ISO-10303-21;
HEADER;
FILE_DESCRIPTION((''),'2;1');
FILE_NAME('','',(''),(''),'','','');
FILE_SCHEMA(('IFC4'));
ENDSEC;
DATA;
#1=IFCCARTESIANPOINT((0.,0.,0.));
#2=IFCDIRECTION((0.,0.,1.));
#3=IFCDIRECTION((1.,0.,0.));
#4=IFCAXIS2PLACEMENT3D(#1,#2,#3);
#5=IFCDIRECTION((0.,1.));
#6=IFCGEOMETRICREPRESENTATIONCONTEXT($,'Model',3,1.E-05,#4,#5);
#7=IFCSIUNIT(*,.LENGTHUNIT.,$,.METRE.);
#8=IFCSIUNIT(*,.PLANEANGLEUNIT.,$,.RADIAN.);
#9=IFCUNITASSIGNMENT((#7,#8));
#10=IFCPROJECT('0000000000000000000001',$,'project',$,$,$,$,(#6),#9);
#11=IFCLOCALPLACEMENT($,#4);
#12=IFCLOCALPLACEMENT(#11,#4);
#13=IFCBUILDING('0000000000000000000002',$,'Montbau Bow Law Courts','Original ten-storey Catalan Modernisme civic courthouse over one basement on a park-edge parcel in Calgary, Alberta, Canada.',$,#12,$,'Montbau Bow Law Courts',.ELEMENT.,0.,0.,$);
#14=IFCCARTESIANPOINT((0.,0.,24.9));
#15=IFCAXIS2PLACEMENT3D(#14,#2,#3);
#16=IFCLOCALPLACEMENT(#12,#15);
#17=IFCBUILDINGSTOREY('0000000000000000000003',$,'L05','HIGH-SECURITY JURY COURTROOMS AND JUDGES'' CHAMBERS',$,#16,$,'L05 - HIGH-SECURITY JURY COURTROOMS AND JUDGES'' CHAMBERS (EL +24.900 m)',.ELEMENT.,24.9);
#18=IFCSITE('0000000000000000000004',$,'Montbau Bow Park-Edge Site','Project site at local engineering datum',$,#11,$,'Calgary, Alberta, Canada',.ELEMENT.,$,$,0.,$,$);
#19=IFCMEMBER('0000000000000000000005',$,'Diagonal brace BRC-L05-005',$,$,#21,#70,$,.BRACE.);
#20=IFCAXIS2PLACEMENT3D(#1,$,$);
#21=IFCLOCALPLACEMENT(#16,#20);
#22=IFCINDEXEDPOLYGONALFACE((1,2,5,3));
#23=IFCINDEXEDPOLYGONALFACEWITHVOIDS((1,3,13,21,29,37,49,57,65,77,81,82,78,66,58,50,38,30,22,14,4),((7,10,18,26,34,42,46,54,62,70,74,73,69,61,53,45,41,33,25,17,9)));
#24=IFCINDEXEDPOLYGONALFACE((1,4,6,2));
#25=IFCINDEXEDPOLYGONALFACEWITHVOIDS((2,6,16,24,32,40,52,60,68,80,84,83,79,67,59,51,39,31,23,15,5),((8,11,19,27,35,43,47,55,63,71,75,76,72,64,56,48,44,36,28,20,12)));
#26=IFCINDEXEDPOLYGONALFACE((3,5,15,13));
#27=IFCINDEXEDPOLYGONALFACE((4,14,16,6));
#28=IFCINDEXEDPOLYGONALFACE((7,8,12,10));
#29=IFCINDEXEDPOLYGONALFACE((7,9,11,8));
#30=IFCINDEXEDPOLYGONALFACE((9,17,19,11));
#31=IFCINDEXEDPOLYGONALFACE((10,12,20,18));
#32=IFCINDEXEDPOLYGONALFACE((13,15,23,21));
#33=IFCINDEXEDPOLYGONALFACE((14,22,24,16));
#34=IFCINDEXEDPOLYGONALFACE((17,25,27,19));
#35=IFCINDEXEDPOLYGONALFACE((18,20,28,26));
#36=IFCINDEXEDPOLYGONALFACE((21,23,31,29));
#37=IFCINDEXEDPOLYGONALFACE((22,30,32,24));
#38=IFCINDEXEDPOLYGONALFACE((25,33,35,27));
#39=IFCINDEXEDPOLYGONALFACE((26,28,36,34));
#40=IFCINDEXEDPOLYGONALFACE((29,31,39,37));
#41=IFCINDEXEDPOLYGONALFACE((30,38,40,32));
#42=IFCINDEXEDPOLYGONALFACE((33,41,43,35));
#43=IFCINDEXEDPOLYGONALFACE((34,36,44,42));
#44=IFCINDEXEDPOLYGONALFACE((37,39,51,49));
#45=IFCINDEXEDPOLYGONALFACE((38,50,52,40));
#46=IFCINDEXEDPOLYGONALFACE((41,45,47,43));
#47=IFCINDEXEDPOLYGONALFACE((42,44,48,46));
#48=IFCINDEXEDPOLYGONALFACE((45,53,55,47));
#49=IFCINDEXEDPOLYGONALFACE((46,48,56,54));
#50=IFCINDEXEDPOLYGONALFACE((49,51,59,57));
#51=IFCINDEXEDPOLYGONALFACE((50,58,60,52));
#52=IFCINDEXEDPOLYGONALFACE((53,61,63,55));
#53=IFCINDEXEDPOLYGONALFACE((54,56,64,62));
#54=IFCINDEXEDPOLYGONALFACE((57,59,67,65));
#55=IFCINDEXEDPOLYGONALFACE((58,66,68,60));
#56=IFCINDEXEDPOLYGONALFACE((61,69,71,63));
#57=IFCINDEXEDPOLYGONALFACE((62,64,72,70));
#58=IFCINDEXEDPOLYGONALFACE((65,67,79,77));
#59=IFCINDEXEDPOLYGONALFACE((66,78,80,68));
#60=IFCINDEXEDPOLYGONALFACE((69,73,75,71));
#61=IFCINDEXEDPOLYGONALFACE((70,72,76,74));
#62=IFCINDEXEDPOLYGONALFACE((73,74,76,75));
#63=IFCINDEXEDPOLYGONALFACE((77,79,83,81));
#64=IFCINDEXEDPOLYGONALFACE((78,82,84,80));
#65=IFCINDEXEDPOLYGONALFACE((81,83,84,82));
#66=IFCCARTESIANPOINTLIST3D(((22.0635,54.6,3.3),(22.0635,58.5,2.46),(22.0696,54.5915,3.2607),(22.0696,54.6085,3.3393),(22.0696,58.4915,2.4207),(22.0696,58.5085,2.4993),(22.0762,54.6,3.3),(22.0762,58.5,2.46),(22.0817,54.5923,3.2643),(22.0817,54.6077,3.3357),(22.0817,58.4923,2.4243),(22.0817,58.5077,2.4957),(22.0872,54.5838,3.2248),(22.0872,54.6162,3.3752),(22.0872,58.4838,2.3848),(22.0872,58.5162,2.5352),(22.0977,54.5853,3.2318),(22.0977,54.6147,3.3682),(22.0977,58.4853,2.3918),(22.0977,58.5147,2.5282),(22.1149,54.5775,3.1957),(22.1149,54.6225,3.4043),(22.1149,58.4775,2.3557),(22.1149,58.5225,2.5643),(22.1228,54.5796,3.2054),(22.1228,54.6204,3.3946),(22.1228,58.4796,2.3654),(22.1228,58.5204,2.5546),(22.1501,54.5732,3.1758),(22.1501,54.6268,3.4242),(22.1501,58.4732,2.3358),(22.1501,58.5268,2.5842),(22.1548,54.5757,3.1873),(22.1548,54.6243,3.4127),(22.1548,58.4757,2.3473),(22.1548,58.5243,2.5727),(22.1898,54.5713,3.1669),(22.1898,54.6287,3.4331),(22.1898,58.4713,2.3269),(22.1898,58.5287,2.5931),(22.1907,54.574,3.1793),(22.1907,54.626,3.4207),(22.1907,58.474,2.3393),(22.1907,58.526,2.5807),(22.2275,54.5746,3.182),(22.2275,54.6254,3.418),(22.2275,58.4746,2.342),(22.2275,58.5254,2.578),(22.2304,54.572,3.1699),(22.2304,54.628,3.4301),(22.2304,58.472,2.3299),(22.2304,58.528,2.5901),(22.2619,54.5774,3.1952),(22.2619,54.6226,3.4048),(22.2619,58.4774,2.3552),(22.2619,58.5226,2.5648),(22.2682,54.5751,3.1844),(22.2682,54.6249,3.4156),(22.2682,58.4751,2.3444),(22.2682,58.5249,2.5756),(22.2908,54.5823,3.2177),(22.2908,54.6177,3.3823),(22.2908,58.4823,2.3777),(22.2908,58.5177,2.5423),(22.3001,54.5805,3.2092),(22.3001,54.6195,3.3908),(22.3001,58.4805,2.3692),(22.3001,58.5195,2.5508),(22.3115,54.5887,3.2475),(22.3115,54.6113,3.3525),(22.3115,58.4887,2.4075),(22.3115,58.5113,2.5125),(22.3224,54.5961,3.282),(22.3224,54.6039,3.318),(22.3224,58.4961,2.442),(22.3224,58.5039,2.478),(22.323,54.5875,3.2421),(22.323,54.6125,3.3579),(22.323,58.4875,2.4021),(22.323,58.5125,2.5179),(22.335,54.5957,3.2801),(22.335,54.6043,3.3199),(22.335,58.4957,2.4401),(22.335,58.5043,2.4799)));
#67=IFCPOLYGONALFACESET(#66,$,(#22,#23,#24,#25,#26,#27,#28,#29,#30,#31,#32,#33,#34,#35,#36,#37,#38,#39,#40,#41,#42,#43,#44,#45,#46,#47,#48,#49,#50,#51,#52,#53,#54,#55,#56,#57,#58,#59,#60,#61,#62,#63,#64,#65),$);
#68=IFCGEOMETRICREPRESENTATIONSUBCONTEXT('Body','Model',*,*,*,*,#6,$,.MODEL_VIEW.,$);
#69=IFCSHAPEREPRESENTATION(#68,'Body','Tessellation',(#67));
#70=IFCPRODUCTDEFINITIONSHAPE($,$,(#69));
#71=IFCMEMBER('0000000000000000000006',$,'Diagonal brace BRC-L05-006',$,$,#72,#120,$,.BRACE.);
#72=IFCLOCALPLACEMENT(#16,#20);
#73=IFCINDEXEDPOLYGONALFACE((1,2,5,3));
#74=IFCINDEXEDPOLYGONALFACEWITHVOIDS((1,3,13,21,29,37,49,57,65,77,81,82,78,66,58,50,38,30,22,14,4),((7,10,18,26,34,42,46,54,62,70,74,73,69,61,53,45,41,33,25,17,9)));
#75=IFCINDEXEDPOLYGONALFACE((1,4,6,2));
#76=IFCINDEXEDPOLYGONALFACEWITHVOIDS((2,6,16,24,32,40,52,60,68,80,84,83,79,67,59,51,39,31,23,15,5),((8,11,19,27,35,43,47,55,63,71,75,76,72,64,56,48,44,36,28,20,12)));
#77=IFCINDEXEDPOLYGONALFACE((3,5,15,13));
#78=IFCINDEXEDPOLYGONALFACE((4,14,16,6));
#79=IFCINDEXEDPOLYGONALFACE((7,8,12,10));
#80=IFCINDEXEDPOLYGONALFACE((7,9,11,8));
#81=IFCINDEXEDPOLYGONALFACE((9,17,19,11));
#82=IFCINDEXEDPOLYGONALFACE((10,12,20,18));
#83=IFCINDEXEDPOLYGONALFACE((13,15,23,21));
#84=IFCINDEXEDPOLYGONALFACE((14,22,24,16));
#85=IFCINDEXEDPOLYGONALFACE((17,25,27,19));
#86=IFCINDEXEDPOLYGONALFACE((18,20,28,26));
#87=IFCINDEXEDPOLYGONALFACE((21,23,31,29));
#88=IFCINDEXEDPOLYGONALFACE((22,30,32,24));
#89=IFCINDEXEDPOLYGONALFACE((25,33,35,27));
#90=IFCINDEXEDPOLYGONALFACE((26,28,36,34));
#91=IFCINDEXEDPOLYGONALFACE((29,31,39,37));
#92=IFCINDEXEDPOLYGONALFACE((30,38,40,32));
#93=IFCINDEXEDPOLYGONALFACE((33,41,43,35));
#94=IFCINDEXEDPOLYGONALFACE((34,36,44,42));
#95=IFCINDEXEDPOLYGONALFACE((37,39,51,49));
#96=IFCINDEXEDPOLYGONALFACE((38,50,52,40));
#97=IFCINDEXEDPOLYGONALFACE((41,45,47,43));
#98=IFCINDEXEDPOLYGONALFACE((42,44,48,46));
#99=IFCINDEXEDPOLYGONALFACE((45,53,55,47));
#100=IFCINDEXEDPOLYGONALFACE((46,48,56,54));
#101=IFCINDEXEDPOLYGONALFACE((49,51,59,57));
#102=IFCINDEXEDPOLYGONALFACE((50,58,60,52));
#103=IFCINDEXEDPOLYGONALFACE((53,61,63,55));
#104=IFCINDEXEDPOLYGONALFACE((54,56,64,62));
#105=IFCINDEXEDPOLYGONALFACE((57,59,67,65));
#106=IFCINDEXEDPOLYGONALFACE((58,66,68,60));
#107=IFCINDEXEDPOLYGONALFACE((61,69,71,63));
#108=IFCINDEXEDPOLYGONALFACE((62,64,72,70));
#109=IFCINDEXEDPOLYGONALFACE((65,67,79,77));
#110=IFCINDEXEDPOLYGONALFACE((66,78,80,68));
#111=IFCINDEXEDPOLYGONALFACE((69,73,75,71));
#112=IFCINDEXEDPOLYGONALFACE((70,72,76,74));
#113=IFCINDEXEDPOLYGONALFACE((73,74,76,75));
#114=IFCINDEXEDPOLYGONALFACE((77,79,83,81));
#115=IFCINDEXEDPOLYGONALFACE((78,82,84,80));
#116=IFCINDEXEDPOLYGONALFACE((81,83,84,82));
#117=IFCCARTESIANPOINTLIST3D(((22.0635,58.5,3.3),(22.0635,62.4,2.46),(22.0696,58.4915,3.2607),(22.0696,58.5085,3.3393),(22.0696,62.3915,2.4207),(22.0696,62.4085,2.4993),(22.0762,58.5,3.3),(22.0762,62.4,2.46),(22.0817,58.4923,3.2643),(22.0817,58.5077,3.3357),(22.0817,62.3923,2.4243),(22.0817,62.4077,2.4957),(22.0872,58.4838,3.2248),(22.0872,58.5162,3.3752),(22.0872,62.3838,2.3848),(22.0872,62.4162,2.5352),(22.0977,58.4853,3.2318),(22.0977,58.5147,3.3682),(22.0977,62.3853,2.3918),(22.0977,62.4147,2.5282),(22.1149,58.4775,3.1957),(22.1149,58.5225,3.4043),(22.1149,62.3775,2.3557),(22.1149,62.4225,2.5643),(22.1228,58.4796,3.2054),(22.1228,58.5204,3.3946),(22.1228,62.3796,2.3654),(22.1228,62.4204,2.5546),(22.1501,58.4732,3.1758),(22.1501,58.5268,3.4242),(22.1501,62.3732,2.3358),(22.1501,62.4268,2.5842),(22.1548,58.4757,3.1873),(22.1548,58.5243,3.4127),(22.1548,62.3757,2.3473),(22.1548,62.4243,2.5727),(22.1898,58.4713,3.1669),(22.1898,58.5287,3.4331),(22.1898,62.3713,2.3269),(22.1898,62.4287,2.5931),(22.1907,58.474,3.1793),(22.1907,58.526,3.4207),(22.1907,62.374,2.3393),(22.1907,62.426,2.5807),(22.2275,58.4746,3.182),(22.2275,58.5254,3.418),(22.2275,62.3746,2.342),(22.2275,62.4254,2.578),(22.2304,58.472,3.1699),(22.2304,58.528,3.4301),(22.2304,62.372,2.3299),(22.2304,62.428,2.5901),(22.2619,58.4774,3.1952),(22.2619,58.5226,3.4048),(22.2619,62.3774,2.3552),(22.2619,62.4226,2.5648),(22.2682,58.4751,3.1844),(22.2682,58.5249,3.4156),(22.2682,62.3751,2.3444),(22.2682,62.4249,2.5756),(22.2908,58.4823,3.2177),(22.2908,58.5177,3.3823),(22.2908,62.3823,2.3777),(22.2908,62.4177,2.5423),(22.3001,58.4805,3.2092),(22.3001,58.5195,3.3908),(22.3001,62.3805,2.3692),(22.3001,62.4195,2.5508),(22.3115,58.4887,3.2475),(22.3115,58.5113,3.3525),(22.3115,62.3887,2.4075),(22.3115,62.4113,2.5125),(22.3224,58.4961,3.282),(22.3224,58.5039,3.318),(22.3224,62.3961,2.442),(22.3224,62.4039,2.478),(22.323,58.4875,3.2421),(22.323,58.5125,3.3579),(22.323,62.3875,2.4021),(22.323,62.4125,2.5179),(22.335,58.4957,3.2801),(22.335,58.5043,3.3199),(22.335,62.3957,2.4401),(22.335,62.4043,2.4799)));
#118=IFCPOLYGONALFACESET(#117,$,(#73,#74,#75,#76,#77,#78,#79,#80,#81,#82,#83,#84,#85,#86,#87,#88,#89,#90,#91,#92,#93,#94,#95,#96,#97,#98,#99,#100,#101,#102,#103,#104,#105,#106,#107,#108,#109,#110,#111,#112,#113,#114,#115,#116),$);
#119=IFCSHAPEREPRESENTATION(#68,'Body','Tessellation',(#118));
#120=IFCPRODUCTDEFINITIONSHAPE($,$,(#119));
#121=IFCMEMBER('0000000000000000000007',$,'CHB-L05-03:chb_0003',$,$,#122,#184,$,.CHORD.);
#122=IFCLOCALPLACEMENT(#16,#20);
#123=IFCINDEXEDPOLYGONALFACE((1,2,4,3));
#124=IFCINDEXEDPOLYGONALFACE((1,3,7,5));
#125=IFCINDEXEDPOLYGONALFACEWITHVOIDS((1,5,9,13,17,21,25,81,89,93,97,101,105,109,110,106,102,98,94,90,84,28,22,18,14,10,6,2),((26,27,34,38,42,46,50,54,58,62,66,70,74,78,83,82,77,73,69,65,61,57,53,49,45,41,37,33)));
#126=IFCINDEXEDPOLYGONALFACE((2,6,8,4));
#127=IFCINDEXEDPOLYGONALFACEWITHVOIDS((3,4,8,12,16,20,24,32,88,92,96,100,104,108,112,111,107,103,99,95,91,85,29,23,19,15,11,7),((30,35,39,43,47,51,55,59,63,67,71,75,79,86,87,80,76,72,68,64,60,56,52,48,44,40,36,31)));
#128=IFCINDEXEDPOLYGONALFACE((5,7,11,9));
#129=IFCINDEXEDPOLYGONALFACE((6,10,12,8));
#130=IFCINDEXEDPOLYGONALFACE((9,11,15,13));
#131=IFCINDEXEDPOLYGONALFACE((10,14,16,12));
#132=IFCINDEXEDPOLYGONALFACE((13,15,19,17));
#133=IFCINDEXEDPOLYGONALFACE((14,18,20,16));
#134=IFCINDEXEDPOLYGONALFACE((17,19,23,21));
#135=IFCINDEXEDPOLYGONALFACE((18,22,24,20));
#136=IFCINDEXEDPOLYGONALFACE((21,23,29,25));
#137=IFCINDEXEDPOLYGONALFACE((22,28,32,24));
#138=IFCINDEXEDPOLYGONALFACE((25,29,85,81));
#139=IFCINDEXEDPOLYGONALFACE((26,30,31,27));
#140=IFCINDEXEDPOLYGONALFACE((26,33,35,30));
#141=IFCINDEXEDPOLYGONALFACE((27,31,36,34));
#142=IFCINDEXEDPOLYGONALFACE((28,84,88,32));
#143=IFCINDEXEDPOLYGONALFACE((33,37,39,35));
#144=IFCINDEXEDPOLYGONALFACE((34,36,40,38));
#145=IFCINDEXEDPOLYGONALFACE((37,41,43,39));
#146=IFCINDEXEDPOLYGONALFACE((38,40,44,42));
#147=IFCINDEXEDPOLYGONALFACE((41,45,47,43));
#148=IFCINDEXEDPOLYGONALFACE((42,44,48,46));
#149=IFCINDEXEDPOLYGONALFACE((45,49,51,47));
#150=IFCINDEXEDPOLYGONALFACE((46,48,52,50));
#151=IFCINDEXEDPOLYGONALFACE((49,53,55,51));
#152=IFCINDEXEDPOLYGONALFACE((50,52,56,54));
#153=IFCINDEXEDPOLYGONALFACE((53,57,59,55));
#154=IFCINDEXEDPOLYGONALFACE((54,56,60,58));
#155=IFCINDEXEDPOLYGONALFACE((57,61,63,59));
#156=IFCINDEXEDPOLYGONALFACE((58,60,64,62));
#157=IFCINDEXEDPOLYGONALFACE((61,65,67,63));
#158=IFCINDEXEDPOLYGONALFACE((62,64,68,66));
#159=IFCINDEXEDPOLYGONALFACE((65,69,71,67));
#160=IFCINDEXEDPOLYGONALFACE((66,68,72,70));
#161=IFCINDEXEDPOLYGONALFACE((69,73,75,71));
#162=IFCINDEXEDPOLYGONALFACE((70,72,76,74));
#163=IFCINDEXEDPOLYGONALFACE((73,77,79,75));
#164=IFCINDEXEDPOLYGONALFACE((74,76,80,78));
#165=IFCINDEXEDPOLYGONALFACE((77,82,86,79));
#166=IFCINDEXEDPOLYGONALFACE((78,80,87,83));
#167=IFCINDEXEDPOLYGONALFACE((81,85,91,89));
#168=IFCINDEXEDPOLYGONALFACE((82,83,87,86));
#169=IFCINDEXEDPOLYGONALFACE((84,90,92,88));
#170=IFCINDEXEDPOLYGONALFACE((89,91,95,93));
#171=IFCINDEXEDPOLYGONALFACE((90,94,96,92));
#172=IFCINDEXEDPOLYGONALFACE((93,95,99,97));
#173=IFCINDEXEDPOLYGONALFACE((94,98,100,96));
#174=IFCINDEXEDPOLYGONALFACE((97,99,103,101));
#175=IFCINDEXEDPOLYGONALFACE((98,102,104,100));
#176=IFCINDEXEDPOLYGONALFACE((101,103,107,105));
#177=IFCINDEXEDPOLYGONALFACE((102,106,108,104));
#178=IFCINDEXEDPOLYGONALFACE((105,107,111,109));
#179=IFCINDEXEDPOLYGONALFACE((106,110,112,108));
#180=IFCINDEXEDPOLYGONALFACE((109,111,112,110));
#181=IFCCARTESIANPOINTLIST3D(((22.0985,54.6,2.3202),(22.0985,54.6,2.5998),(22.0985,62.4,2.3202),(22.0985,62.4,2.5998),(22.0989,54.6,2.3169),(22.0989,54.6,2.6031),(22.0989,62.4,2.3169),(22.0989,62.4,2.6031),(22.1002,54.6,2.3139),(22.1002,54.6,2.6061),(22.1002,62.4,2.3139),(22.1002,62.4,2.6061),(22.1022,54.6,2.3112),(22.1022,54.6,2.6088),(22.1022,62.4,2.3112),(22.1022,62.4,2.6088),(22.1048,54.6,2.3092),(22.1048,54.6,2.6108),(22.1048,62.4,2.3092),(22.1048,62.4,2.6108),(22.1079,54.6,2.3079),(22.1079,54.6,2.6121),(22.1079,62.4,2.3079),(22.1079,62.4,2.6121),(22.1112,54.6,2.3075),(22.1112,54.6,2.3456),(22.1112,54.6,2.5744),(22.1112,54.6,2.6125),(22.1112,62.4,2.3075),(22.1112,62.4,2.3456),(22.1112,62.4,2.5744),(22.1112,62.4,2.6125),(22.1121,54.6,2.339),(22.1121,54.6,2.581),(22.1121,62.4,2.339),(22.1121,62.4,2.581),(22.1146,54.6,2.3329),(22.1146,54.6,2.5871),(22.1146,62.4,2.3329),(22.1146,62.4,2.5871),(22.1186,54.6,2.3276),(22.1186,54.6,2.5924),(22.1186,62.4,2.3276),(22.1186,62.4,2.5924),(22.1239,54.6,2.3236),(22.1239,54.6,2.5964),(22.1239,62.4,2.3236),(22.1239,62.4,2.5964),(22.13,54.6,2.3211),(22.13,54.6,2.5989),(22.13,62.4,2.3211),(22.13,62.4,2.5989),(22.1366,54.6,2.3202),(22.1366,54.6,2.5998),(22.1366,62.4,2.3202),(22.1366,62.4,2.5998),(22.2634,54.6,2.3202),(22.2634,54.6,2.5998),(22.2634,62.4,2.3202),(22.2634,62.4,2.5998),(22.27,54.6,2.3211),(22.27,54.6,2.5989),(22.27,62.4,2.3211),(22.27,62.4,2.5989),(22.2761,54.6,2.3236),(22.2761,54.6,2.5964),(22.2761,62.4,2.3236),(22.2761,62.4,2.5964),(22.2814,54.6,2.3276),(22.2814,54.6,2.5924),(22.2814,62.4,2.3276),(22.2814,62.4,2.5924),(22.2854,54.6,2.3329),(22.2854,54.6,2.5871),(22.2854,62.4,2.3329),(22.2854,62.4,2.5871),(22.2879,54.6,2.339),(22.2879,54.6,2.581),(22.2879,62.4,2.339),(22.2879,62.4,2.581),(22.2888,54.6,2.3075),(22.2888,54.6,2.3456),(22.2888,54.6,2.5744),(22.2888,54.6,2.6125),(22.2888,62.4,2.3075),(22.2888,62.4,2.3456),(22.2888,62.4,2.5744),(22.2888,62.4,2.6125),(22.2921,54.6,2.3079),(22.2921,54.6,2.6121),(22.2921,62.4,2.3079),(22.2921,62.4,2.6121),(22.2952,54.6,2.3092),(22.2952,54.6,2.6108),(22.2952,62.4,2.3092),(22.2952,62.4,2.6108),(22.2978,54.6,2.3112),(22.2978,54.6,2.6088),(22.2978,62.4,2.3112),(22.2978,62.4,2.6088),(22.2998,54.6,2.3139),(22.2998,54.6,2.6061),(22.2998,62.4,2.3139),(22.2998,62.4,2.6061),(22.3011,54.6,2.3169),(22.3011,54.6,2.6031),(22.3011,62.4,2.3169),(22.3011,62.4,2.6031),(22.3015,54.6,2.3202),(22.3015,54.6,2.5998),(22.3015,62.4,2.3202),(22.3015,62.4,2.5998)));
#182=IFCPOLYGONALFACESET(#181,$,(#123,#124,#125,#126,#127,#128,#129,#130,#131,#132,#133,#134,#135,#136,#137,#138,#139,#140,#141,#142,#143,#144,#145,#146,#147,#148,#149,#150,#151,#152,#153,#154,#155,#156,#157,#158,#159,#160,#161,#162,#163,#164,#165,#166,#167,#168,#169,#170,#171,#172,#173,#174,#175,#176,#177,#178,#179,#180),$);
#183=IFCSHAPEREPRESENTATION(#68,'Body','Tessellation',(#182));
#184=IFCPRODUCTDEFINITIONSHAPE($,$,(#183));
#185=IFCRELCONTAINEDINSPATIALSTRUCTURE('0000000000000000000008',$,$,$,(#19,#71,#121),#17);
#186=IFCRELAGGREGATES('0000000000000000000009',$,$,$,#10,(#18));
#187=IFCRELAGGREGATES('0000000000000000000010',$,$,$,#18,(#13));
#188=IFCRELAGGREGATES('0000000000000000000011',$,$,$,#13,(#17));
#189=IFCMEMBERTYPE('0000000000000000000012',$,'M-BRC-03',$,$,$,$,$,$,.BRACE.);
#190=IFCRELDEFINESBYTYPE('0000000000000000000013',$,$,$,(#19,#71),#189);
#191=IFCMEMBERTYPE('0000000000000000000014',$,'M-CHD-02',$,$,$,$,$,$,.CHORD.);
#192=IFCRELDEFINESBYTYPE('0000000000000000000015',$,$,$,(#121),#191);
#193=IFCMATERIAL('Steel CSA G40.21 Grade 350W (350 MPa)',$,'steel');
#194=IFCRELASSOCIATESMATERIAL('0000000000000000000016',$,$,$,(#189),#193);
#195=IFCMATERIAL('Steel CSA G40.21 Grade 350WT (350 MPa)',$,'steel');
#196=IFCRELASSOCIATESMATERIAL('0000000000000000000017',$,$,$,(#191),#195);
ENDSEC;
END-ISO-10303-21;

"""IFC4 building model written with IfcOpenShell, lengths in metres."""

from ifc_helpers import new_model, si_unit, direction, frame, origin_with_axes, origin_2d_with_axis, place, context, subcontext, project, spatial, hollow_rectangle, hollow_circle, extrude, material, material_profile, profile_set, type_object, element, save


model = new_model("IFC4")

# Units and contexts
model_context = context("Model", 3, precision=1e-05, world=origin_with_axes(), true_north=direction((0.0, 1.0)))
body_context = subcontext(model_context, "Body", "Model", "MODEL_VIEW")
ifc_project = project(units=[si_unit("LENGTHUNIT", "METRE"), si_unit("PLANEANGLEUNIT", "RADIAN")], contexts=[model_context])

# Site, building, storey
site_placement = place(None, origin_with_axes())
site = spatial("IfcSite", under=ifc_project, at=site_placement, Name="Montbau Bow Park-Edge Site", Description="Project site at local engineering datum", LongName="Calgary, Alberta, Canada", CompositionType="ELEMENT", RefElevation=0.0)
building_placement = place(site_placement, origin_with_axes())
building = spatial("IfcBuilding", under=site, at=building_placement, Name="Montbau Bow Law Courts", Description="Original ten-storey Catalan Modernisme civic courthouse over one basement on a park-edge parcel in Calgary, Alberta, Canada.", LongName="Montbau Bow Law Courts", CompositionType="ELEMENT", ElevationOfRefHeight=0.0, ElevationOfTerrain=0.0)
storey_placement = place(building_placement, frame((0.0, 0.0, 24.9), z_axis=(0.0, 0.0, 1.0), x_axis=(1.0, 0.0, 0.0)))
storey = spatial("IfcBuildingStorey", under=building, at=storey_placement, Name="L05", Description="HIGH-SECURITY JURY COURTROOMS AND JUDGES' CHAMBERS", LongName="L05 - HIGH-SECURITY JURY COURTROOMS AND JUDGES' CHAMBERS (EL +24.900 m)", CompositionType="ELEMENT", Elevation=24.9)

# Shared definitions
ifc_material_1 = material(Name="Steel CSA G40.21 Grade 350W (350 MPa)", Category="steel")

# Shared definitions
ifc_material_2 = material(Name="Steel CSA G40.21 Grade 350WT (350 MPa)", Category="steel")

# Members
ifc_material_profile_1 = material_profile(ifc_material_1, hollow_circle(Radius=0.1365, WallThickness=0.0127, at=origin_2d_with_axis()), Name="HSS273X13", Category="Main", Priority=0)
ifc_profile_set_1 = profile_set([ifc_material_profile_1], Name="Steel CSA G40.21 Grade 350W (350 MPa)")
member_type_1 = type_object("IfcMemberType", Name="M-BRC-03", PredefinedType="BRACE", material=ifc_profile_set_1)
for number, where, z_axis, x_axis, name in (
    (1, (22.2, 54.6, 28.2), (0.0, 0.977582, -0.210556), (-1.0, 0.0, 0.0), "Diagonal brace BRC-L05-005"),
    (2, (22.2, 58.5, 28.2), (0.0, 0.977582, -0.210556), (-1.0, 0.0, 0.0), "Diagonal brace BRC-L05-006"),
):
    element("IfcMember", number, at=place(None, frame(where, z_axis=z_axis, x_axis=x_axis)), inside=storey, type_object=member_type_1, Name=name, PredefinedType="BRACE", context=body_context, shape_type="SweptSolid", body=[
        extrude(hollow_circle(Radius=0.1365, WallThickness=0.0127, at=origin_2d_with_axis()), origin_with_axes(), (0.0, 0.0, 1.0), 3.9894),
    ])
ifc_material_profile_2 = material_profile(ifc_material_2, hollow_rectangle(XDim=0.203, YDim=0.305, WallThickness=0.0127, InnerFilletRadius=0.0254, OuterFilletRadius=0.0127, at=origin_2d_with_axis()), Name="HSS305X203X13", Category="Main", Priority=0)
ifc_profile_set_2 = profile_set([ifc_material_profile_2], Name="Steel CSA G40.21 Grade 350WT (350 MPa)")
member_type_2 = type_object("IfcMemberType", Name="M-CHD-02", PredefinedType="CHORD", material=ifc_profile_set_2)
for number, where, z_axis, x_axis, name in (
    (3, (22.2, 54.6, 27.36), (0.0, 1.0, 0.0), (-1.0, 0.0, 0.0), "CHB-L05-03:chb_0003"),
):
    element("IfcMember", number, at=place(None, frame(where, z_axis=z_axis, x_axis=x_axis)), inside=storey, type_object=member_type_2, Name=name, PredefinedType="CHORD", context=body_context, shape_type="SweptSolid", body=[
        extrude(hollow_rectangle(XDim=0.203, YDim=0.305, WallThickness=0.0127, InnerFilletRadius=0.0254, OuterFilletRadius=0.0127, at=origin_2d_with_axis()), origin_with_axes(), (0.0, 0.0, 1.0), 7.8),
    ])

save(model, "model.ifc")
